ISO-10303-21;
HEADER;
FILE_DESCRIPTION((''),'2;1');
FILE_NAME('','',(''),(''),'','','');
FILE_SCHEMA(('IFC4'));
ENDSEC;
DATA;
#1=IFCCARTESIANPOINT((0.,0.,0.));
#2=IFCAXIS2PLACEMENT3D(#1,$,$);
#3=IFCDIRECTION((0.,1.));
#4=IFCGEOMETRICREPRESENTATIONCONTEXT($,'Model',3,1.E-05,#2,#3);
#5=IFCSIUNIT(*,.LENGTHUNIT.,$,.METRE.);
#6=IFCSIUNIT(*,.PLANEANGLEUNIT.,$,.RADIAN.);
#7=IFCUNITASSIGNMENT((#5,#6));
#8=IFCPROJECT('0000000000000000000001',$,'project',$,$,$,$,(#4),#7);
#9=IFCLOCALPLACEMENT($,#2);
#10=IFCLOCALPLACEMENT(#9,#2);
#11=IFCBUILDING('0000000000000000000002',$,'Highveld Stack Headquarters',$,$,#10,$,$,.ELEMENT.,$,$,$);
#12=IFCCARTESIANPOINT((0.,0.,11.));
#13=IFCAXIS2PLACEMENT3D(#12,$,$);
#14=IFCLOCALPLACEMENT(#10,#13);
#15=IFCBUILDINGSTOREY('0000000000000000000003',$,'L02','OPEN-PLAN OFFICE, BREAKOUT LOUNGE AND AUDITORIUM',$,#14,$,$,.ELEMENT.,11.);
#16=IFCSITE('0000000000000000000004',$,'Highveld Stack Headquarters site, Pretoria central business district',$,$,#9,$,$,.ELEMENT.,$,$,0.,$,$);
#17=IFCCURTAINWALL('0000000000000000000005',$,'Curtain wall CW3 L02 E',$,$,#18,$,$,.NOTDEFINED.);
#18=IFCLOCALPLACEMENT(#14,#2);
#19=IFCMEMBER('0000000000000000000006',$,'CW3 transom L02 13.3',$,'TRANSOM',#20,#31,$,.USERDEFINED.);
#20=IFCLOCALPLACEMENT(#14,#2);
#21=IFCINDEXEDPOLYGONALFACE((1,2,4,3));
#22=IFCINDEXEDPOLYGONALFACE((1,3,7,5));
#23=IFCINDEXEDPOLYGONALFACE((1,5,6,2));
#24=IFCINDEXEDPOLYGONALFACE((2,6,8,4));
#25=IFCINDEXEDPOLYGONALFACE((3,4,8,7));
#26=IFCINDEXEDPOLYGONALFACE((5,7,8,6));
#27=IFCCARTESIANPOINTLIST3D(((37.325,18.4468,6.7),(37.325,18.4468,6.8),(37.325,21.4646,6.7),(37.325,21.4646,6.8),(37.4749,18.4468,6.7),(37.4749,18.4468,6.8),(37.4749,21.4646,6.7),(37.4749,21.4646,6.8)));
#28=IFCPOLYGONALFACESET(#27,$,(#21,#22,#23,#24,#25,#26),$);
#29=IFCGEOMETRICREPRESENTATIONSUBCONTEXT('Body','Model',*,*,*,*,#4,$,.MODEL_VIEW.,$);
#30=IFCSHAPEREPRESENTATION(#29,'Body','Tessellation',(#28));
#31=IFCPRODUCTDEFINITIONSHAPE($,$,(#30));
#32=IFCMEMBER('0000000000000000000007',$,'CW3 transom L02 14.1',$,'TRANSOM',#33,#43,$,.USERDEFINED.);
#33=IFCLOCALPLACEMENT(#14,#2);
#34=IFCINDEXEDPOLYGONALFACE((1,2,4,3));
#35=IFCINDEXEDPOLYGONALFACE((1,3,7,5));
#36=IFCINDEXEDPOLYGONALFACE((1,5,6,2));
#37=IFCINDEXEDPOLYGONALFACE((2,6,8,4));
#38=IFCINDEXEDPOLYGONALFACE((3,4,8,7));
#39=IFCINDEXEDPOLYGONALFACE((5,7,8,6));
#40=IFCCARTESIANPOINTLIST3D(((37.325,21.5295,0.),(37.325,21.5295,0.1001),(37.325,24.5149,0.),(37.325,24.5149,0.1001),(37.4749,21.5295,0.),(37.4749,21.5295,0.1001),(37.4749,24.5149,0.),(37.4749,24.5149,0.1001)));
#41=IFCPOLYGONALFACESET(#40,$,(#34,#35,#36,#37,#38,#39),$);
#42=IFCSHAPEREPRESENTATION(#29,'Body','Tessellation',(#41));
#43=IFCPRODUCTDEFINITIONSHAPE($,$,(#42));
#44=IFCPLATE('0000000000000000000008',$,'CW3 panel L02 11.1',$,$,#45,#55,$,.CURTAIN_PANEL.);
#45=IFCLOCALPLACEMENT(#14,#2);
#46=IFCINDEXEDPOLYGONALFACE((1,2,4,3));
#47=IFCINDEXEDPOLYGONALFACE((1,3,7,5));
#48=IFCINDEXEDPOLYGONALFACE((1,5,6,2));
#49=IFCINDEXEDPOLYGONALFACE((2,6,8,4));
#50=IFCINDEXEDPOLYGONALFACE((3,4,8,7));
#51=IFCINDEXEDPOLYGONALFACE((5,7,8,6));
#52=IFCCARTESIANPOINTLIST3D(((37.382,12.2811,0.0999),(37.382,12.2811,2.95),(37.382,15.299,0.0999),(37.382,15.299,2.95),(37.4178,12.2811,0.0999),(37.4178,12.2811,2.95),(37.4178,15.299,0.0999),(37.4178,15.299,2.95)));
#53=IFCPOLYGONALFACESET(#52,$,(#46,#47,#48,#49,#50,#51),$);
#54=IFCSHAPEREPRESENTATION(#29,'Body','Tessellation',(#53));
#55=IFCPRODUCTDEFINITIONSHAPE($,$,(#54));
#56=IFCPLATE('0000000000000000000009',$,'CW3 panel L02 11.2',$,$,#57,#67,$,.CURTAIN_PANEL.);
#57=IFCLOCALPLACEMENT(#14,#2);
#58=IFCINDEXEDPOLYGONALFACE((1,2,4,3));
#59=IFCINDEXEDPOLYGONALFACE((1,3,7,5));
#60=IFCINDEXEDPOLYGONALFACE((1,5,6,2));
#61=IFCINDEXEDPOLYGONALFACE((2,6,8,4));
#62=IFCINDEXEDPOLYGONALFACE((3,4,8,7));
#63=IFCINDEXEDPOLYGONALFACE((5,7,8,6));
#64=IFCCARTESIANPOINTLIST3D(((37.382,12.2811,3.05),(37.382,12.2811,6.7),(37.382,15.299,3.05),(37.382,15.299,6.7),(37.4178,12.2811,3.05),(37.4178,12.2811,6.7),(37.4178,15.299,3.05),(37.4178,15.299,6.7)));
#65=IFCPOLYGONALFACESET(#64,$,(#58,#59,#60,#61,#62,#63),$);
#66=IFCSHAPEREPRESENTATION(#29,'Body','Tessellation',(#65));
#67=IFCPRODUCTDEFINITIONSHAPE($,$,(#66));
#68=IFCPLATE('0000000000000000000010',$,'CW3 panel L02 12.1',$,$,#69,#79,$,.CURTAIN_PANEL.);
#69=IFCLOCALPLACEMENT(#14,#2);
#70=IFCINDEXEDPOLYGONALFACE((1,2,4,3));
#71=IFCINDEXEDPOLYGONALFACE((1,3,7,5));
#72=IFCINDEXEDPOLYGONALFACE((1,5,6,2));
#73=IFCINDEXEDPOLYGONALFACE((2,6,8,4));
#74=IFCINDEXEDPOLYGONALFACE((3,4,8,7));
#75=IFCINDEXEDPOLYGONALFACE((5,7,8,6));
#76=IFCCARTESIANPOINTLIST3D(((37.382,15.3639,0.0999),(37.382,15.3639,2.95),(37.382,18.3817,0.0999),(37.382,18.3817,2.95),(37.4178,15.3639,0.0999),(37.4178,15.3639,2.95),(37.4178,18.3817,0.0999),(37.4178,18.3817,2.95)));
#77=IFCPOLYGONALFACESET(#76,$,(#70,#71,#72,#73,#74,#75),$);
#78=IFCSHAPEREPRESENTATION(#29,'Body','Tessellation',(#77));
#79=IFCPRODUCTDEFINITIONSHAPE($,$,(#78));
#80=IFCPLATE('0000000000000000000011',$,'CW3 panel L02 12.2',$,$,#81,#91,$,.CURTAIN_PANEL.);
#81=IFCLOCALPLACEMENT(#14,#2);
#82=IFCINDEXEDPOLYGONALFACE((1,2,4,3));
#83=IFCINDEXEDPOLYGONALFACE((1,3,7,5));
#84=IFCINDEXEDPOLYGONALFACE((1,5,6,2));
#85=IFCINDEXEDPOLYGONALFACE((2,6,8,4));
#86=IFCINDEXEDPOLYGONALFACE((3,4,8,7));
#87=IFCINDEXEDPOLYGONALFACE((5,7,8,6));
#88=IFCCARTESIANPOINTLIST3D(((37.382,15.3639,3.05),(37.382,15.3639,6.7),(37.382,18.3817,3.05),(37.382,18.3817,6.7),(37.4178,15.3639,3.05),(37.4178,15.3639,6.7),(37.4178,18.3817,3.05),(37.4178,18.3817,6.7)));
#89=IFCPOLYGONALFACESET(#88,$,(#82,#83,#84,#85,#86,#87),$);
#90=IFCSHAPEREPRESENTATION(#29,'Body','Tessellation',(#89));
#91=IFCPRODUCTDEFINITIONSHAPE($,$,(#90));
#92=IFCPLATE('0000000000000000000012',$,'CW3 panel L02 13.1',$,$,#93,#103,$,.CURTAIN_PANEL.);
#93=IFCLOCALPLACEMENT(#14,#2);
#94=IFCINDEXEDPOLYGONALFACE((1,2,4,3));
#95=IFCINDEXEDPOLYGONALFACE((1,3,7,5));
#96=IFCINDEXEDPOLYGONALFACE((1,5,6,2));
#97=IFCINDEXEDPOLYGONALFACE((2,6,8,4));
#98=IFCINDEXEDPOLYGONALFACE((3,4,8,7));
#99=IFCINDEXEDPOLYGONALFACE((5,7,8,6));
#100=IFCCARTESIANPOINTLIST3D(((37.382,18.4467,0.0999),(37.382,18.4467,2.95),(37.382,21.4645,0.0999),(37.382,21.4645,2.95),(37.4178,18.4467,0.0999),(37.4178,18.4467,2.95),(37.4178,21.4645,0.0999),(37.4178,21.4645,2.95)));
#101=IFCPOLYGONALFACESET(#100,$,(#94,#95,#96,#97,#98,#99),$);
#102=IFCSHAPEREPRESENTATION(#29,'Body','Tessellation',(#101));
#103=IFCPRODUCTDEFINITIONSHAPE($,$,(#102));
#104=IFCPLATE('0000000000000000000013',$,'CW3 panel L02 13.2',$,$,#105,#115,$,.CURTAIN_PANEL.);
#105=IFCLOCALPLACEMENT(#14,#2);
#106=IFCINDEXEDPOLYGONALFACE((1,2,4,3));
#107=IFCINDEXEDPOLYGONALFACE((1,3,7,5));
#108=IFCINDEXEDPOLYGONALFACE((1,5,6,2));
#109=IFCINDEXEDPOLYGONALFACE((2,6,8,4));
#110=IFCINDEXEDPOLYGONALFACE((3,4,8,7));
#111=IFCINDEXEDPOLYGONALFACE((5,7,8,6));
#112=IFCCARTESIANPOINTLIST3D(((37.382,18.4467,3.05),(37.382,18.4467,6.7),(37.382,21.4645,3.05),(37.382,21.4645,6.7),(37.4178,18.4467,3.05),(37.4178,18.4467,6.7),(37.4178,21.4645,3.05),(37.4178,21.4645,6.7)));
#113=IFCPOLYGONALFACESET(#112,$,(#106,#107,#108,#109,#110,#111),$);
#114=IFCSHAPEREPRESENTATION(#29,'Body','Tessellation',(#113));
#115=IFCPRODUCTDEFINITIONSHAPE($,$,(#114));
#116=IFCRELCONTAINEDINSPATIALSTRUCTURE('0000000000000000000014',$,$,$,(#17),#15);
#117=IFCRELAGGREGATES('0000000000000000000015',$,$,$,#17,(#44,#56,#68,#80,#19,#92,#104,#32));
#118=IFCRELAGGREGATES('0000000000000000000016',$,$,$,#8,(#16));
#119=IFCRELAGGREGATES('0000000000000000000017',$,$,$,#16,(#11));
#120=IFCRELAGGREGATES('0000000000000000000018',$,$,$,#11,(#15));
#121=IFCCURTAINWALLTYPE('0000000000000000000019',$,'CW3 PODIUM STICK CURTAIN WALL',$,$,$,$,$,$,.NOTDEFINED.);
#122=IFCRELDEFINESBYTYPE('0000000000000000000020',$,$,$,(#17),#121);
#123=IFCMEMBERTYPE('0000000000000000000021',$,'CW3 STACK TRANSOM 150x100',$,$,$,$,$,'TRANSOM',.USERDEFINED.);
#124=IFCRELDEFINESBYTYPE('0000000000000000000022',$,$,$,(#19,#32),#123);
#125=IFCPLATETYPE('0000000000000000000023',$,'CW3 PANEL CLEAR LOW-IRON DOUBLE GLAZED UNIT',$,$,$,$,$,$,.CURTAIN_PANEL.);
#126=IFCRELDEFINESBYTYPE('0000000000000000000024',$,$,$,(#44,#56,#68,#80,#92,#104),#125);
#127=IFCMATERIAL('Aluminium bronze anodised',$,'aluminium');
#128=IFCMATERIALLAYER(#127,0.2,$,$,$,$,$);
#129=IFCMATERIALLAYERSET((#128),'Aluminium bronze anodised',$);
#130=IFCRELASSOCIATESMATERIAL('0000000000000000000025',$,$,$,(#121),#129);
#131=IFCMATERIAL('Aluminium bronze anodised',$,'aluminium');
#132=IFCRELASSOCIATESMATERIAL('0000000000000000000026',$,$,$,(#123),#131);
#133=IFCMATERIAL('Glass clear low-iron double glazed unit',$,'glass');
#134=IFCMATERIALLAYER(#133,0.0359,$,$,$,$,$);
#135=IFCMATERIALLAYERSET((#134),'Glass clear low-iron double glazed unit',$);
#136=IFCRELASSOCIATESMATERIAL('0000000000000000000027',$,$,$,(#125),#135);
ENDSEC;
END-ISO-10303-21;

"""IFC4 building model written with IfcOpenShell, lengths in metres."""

from ifc_helpers import new_model, si_unit, direction, frame, origin, origin_2d, place, context, subcontext, project, spatial, rectangle, extrude, material, layer, layer_set, material_profile, profile_set, type_object, element, aggregate, save


model = new_model("IFC4")

# Units and contexts
model_context = context("Model", 3, precision=1e-05, world=origin(), true_north=direction((0.0, 1.0)))
body_context = subcontext(model_context, "Body", "Model", "MODEL_VIEW")
ifc_project = project(units=[si_unit("LENGTHUNIT", "METRE"), si_unit("PLANEANGLEUNIT", "RADIAN")], contexts=[model_context])

# Site, building, storey
site_placement = place(None, origin())
site = spatial("IfcSite", under=ifc_project, at=site_placement, Name="Highveld Stack Headquarters site, Pretoria central business district", CompositionType="ELEMENT", RefElevation=0.0)
building_placement = place(site_placement, origin())
building = spatial("IfcBuilding", under=site, at=building_placement, Name="Highveld Stack Headquarters", CompositionType="ELEMENT")
storey_placement = place(building_placement, frame((0.0, 0.0, 11.0)))
storey = spatial("IfcBuildingStorey", under=building, at=storey_placement, Name="L02", Description="OPEN-PLAN OFFICE, BREAKOUT LOUNGE AND AUDITORIUM", CompositionType="ELEMENT", Elevation=11.0)

# Curtain wall, members, plates
ifc_material_1 = material(Name="Aluminium bronze anodised", Category="aluminium")
ifc_layer_1 = layer(ifc_material_1, 0.2)
ifc_layer_set_1 = layer_set([ifc_layer_1], Name="Aluminium bronze anodised")
curtain_wall_type = type_object("IfcCurtainWallType", Name="CW3 PODIUM STICK CURTAIN WALL", PredefinedType="NOTDEFINED", material=ifc_layer_set_1)
curtain_wall_placement = place(storey_placement, origin())
curtain_wall = element("IfcCurtainWall", 1, at=curtain_wall_placement, inside=storey, type_object=curtain_wall_type, Name="Curtain wall CW3 L02 E", PredefinedType="NOTDEFINED")
ifc_material_2 = material(Name="Aluminium bronze anodised", Category="aluminium")
ifc_material_profile_1 = material_profile(ifc_material_2, rectangle(XDim=0.1499, YDim=0.1001, at=origin_2d()), Name="CW3 TRANSOM 150x100")
ifc_profile_set_1 = profile_set([ifc_material_profile_1], Name="Aluminium bronze anodised")
member_type_1 = type_object("IfcMemberType", Name="CW3 STACK TRANSOM 150x100", ElementType="TRANSOM", PredefinedType="USERDEFINED", material=ifc_profile_set_1)
member_1_placement = place(storey_placement, frame((37.3999, 18.4468, 6.75), z_axis=(0.0, 1.0, 0.0), x_axis=(-1.0, 0.0, 0.0)))
member_1 = element("IfcMember", 2, at=member_1_placement, type_object=member_type_1, Name="CW3 transom L02 13.3", ObjectType="TRANSOM", PredefinedType="USERDEFINED", context=body_context, shape_type="SweptSolid", body=[
    extrude(rectangle(XDim=0.1499, YDim=0.1001, at=origin_2d()), origin(), (0.0, 0.0, 1.0), 3.0178),
])
member_2_placement = place(storey_placement, frame((37.3999, 21.5295, 0.05), z_axis=(0.0, 1.0, 0.0), x_axis=(-1.0, 0.0, 0.0)))
member_2 = element("IfcMember", 3, at=member_2_placement, type_object=member_type_1, Name="CW3 transom L02 14.1", ObjectType="TRANSOM", PredefinedType="USERDEFINED", context=body_context, shape_type="SweptSolid", body=[
    extrude(rectangle(XDim=0.1499, YDim=0.1001, at=origin_2d()), origin(), (0.0, 0.0, 1.0), 2.9854),
])
ifc_material_3 = material(Name="Glass clear low-iron double glazed unit", Category="glass")
ifc_layer_2 = layer(ifc_material_3, 0.0359)
ifc_layer_set_2 = layer_set([ifc_layer_2], Name="Glass clear low-iron double glazed unit")
plate_type = type_object("IfcPlateType", Name="CW3 PANEL CLEAR LOW-IRON DOUBLE GLAZED UNIT", PredefinedType="CURTAIN_PANEL", material=ifc_layer_set_2)
plate_1_placement = place(storey_placement, frame((37.3999, 13.79, 0.0999), z_axis=(0.0, 0.0, 1.0), x_axis=(0.0, 1.0, 0.0)))
plate_1 = element("IfcPlate", 4, at=plate_1_placement, type_object=plate_type, Name="CW3 panel L02 11.1", PredefinedType="CURTAIN_PANEL", context=body_context, shape_type="SweptSolid", body=[
    extrude(rectangle(XDim=3.0178, YDim=0.0359, at=origin_2d()), origin(), (0.0, 0.0, 1.0), 2.8501),
])
plate_2_placement = place(storey_placement, frame((37.3999, 13.79, 3.05), z_axis=(0.0, 0.0, 1.0), x_axis=(0.0, 1.0, 0.0)))
plate_2 = element("IfcPlate", 5, at=plate_2_placement, type_object=plate_type, Name="CW3 panel L02 11.2", PredefinedType="CURTAIN_PANEL", context=body_context, shape_type="SweptSolid", body=[
    extrude(rectangle(XDim=3.0178, YDim=0.0359, at=origin_2d()), origin(), (0.0, 0.0, 1.0), 3.6499),
])
plate_3_placement = place(storey_placement, frame((37.3999, 16.8728, 0.0999), z_axis=(0.0, 0.0, 1.0), x_axis=(0.0, 1.0, 0.0)))
plate_3 = element("IfcPlate", 6, at=plate_3_placement, type_object=plate_type, Name="CW3 panel L02 12.1", PredefinedType="CURTAIN_PANEL", context=body_context, shape_type="SweptSolid", body=[
    extrude(rectangle(XDim=3.0178, YDim=0.0359, at=origin_2d()), origin(), (0.0, 0.0, 1.0), 2.8501),
])
plate_4_placement = place(storey_placement, frame((37.3999, 16.8728, 3.05), z_axis=(0.0, 0.0, 1.0), x_axis=(0.0, 1.0, 0.0)))
plate_4 = element("IfcPlate", 7, at=plate_4_placement, type_object=plate_type, Name="CW3 panel L02 12.2", PredefinedType="CURTAIN_PANEL", context=body_context, shape_type="SweptSolid", body=[
    extrude(rectangle(XDim=3.0178, YDim=0.0359, at=origin_2d()), origin(), (0.0, 0.0, 1.0), 3.6499),
])
plate_5_placement = place(storey_placement, frame((37.3999, 19.9556, 0.0999), z_axis=(0.0, 0.0, 1.0), x_axis=(0.0, 1.0, 0.0)))
plate_5 = element("IfcPlate", 8, at=plate_5_placement, type_object=plate_type, Name="CW3 panel L02 13.1", PredefinedType="CURTAIN_PANEL", context=body_context, shape_type="SweptSolid", body=[
    extrude(rectangle(XDim=3.0178, YDim=0.0359, at=origin_2d()), origin(), (0.0, 0.0, 1.0), 2.8501),
])
plate_6_placement = place(storey_placement, frame((37.3999, 19.9556, 3.05), z_axis=(0.0, 0.0, 1.0), x_axis=(0.0, 1.0, 0.0)))
plate_6 = element("IfcPlate", 9, at=plate_6_placement, type_object=plate_type, Name="CW3 panel L02 13.2", PredefinedType="CURTAIN_PANEL", context=body_context, shape_type="SweptSolid", body=[
    extrude(rectangle(XDim=3.0178, YDim=0.0359, at=origin_2d()), origin(), (0.0, 0.0, 1.0), 3.6499),
])
aggregate(curtain_wall, [plate_1, plate_2, plate_3, plate_4, member_1, plate_5, plate_6, member_2])

save(model, "model.ifc")
